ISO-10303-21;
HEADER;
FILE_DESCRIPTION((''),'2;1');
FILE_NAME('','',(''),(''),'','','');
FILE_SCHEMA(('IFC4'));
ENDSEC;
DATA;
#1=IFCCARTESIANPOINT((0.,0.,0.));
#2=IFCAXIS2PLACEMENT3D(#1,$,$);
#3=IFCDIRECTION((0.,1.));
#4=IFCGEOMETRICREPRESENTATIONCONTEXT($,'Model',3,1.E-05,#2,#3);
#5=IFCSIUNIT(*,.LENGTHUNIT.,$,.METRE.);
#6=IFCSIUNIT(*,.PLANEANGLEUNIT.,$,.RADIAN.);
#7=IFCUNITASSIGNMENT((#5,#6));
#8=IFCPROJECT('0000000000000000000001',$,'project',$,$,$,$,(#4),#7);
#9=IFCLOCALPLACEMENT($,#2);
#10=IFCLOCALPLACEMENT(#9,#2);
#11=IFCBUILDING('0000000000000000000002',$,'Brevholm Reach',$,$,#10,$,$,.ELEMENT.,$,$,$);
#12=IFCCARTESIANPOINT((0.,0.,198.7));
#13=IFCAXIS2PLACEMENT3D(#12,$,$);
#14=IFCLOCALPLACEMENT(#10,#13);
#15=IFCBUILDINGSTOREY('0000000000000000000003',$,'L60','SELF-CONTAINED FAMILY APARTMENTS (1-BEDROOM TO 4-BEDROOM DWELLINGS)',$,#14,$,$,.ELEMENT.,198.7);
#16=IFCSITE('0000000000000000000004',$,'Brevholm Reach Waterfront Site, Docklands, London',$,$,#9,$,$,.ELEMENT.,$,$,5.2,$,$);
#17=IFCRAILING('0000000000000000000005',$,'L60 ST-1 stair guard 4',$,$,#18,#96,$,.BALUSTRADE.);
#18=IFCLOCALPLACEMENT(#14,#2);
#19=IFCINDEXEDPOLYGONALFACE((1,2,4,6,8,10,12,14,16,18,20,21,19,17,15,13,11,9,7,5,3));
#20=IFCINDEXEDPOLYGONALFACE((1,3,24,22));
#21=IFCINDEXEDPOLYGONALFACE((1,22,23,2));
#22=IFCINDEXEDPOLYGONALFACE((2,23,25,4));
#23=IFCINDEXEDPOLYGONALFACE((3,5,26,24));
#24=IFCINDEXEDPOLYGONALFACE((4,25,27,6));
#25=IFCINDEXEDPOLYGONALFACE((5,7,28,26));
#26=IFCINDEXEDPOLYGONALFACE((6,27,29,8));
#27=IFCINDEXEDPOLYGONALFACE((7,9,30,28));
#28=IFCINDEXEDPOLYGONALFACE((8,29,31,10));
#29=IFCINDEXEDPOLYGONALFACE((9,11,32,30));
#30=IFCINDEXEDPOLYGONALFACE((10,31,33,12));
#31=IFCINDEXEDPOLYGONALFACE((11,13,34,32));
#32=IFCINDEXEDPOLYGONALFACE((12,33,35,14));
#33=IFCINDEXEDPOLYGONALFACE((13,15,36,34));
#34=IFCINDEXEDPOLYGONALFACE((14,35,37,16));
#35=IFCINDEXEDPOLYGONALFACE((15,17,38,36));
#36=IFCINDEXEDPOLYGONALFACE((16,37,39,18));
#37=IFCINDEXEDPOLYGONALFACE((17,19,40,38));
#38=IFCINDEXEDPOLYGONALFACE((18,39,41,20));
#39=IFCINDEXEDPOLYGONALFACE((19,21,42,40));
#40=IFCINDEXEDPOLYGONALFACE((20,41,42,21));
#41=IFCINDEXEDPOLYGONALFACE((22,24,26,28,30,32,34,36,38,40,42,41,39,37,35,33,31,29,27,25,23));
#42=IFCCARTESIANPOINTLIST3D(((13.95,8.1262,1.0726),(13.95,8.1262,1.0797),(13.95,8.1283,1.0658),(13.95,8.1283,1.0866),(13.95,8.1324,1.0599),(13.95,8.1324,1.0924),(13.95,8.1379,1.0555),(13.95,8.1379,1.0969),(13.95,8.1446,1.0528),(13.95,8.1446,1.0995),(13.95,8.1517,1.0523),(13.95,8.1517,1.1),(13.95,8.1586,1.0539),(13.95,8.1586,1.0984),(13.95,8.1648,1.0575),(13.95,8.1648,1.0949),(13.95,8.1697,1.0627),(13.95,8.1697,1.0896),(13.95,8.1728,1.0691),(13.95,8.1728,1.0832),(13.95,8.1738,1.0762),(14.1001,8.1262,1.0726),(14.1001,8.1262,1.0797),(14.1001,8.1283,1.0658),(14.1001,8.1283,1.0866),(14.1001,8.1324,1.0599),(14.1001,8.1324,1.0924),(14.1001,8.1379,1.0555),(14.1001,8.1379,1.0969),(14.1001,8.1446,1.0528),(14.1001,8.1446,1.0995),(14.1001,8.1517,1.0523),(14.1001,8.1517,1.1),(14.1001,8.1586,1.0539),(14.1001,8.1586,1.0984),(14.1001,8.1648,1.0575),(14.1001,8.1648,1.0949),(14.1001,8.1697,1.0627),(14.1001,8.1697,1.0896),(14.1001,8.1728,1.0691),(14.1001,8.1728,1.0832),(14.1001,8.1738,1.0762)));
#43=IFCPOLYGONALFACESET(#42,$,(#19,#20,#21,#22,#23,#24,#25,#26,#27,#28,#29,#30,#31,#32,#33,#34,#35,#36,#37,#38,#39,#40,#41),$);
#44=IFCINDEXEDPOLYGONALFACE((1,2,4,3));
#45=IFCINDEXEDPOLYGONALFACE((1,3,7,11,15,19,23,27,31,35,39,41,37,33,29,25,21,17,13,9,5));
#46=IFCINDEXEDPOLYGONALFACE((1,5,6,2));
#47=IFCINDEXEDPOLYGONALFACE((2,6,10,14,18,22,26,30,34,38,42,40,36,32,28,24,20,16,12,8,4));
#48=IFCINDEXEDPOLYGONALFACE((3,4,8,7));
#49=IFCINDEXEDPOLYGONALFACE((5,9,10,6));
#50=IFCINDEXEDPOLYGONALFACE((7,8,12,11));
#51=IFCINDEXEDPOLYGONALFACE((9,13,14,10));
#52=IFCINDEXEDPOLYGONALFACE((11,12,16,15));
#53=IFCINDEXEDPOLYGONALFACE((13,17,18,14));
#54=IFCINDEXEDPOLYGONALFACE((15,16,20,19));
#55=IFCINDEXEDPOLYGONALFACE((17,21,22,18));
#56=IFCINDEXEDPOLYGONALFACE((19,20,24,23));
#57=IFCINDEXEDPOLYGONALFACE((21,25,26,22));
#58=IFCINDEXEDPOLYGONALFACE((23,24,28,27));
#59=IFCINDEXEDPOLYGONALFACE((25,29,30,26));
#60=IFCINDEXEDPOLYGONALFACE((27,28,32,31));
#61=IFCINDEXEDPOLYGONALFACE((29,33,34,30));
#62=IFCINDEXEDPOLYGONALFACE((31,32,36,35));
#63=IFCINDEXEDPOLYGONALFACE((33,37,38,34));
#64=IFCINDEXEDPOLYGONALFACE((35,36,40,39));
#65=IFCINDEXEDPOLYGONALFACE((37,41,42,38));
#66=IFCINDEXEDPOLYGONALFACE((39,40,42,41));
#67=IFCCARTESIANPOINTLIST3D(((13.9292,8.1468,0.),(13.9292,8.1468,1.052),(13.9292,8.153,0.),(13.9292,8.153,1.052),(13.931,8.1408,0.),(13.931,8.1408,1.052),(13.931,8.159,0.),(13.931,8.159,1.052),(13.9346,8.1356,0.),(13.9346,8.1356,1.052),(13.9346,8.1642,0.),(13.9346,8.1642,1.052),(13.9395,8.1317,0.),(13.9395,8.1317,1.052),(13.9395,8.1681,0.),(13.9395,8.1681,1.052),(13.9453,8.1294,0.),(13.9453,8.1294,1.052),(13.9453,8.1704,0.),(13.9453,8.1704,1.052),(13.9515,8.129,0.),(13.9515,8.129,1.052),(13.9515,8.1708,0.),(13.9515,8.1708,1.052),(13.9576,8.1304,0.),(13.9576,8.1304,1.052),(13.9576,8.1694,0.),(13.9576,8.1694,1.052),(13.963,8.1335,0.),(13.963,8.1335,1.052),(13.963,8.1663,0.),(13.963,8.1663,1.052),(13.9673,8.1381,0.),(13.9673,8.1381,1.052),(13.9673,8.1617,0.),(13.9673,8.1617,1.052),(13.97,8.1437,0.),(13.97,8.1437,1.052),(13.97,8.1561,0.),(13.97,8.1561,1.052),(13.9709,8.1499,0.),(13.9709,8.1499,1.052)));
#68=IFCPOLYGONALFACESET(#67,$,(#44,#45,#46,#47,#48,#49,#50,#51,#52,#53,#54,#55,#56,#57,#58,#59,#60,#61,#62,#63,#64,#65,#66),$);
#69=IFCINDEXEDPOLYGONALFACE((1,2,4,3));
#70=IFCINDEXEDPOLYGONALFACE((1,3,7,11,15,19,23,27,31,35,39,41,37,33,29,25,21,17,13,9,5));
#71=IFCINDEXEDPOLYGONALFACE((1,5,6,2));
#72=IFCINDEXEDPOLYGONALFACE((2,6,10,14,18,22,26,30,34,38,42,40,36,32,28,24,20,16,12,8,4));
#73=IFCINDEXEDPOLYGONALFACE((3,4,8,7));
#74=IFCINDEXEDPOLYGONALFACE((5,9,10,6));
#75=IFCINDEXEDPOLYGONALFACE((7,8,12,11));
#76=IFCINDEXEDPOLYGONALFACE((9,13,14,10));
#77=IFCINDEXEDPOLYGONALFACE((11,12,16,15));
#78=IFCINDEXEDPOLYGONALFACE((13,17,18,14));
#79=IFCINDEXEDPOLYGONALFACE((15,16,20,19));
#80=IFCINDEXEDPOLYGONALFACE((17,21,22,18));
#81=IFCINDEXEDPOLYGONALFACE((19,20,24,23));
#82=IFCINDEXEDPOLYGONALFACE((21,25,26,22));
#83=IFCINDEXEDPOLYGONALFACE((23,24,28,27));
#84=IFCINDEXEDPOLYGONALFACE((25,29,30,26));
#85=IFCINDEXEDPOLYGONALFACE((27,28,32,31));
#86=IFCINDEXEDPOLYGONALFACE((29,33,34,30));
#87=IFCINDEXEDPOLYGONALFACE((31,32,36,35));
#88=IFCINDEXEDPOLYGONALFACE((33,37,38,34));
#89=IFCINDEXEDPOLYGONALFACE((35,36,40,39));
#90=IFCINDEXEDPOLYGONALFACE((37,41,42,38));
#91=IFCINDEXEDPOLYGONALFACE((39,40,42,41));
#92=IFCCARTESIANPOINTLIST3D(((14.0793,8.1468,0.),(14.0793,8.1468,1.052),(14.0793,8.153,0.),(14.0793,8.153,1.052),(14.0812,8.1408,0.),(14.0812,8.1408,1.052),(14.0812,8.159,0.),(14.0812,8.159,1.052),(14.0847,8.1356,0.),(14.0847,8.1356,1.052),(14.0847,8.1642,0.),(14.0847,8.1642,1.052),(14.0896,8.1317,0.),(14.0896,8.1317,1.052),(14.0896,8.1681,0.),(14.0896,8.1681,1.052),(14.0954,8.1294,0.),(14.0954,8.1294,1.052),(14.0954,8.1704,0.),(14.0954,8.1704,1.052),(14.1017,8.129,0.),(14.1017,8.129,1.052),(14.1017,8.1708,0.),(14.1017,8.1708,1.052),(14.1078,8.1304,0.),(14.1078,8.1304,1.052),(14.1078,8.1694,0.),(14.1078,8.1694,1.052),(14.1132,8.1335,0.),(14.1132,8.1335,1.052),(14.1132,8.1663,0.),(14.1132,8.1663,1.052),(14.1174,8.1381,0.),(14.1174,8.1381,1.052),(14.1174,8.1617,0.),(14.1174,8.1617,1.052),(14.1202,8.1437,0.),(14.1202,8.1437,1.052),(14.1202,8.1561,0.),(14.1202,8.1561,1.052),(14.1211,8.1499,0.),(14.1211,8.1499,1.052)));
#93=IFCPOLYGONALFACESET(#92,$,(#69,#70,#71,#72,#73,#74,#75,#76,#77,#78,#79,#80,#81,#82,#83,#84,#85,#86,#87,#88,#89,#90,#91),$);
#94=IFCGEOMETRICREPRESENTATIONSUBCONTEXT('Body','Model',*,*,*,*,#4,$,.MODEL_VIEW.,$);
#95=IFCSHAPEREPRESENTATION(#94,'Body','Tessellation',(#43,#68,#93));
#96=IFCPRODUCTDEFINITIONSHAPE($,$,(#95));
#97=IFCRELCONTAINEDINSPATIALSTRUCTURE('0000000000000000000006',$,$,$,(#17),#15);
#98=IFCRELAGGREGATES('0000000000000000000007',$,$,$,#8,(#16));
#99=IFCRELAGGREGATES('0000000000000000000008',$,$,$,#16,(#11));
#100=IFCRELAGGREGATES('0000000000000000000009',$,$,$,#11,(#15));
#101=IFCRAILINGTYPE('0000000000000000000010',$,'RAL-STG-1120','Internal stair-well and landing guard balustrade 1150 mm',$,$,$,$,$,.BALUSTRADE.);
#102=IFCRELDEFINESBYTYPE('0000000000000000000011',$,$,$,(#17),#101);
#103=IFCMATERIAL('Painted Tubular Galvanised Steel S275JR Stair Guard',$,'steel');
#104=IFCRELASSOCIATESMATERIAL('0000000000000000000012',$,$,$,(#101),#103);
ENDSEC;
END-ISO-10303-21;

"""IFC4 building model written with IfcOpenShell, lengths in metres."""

from ifc_helpers import new_model, si_unit, direction, frame, origin, origin_2d, place, context, subcontext, project, spatial, circle, extrude, material, type_object, element, save


model = new_model("IFC4")

# Units and contexts
model_context = context("Model", 3, precision=1e-05, world=origin(), true_north=direction((0.0, 1.0)))
body_context = subcontext(model_context, "Body", "Model", "MODEL_VIEW")
ifc_project = project(units=[si_unit("LENGTHUNIT", "METRE"), si_unit("PLANEANGLEUNIT", "RADIAN")], contexts=[model_context])

# Site, building, storey
site_placement = place(None, origin())
site = spatial("IfcSite", under=ifc_project, at=site_placement, Name="Brevholm Reach Waterfront Site, Docklands, London", CompositionType="ELEMENT", RefElevation=5.2)
building_placement = place(site_placement, origin())
building = spatial("IfcBuilding", under=site, at=building_placement, Name="Brevholm Reach", CompositionType="ELEMENT")
storey_placement = place(building_placement, frame((0.0, 0.0, 198.7)))
storey = spatial("IfcBuildingStorey", under=building, at=storey_placement, Name="L60", Description="SELF-CONTAINED FAMILY APARTMENTS (1-BEDROOM TO 4-BEDROOM DWELLINGS)", CompositionType="ELEMENT", Elevation=198.7)

# Railing
ifc_material_1 = material(Name="Painted Tubular Galvanised Steel S275JR Stair Guard", Category="steel")
railing_type_1 = type_object("IfcRailingType", Name="RAL-STG-1120", Description="Internal stair-well and landing guard balustrade 1150 mm", PredefinedType="BALUSTRADE", material=ifc_material_1)
railing_1_placement = place(storey_placement, frame((13.95, 8.1499, 0.0)))
element("IfcRailing", 1, at=railing_1_placement, inside=storey, type_object=railing_type_1, Name="L60 ST-1 stair guard 4", PredefinedType="BALUSTRADE", context=body_context, shape_type="SweptSolid", body=[
    extrude(circle(Radius=0.0239, at=origin_2d()), frame((0.0, 0.0, 1.0762), z_axis=(1.0, 0.0, 0.0), x_axis=(0.0, 1.0, 0.0)), (0.0, 0.0, 1.0), 0.1501),
    extrude(circle(Radius=0.021, at=origin_2d()), origin(), (0.0, 0.0, 1.0), 1.052),
    extrude(circle(Radius=0.021, at=origin_2d()), frame((0.1501, 0.0, 0.0)), (0.0, 0.0, 1.0), 1.052),
])

save(model, "model.ifc")
